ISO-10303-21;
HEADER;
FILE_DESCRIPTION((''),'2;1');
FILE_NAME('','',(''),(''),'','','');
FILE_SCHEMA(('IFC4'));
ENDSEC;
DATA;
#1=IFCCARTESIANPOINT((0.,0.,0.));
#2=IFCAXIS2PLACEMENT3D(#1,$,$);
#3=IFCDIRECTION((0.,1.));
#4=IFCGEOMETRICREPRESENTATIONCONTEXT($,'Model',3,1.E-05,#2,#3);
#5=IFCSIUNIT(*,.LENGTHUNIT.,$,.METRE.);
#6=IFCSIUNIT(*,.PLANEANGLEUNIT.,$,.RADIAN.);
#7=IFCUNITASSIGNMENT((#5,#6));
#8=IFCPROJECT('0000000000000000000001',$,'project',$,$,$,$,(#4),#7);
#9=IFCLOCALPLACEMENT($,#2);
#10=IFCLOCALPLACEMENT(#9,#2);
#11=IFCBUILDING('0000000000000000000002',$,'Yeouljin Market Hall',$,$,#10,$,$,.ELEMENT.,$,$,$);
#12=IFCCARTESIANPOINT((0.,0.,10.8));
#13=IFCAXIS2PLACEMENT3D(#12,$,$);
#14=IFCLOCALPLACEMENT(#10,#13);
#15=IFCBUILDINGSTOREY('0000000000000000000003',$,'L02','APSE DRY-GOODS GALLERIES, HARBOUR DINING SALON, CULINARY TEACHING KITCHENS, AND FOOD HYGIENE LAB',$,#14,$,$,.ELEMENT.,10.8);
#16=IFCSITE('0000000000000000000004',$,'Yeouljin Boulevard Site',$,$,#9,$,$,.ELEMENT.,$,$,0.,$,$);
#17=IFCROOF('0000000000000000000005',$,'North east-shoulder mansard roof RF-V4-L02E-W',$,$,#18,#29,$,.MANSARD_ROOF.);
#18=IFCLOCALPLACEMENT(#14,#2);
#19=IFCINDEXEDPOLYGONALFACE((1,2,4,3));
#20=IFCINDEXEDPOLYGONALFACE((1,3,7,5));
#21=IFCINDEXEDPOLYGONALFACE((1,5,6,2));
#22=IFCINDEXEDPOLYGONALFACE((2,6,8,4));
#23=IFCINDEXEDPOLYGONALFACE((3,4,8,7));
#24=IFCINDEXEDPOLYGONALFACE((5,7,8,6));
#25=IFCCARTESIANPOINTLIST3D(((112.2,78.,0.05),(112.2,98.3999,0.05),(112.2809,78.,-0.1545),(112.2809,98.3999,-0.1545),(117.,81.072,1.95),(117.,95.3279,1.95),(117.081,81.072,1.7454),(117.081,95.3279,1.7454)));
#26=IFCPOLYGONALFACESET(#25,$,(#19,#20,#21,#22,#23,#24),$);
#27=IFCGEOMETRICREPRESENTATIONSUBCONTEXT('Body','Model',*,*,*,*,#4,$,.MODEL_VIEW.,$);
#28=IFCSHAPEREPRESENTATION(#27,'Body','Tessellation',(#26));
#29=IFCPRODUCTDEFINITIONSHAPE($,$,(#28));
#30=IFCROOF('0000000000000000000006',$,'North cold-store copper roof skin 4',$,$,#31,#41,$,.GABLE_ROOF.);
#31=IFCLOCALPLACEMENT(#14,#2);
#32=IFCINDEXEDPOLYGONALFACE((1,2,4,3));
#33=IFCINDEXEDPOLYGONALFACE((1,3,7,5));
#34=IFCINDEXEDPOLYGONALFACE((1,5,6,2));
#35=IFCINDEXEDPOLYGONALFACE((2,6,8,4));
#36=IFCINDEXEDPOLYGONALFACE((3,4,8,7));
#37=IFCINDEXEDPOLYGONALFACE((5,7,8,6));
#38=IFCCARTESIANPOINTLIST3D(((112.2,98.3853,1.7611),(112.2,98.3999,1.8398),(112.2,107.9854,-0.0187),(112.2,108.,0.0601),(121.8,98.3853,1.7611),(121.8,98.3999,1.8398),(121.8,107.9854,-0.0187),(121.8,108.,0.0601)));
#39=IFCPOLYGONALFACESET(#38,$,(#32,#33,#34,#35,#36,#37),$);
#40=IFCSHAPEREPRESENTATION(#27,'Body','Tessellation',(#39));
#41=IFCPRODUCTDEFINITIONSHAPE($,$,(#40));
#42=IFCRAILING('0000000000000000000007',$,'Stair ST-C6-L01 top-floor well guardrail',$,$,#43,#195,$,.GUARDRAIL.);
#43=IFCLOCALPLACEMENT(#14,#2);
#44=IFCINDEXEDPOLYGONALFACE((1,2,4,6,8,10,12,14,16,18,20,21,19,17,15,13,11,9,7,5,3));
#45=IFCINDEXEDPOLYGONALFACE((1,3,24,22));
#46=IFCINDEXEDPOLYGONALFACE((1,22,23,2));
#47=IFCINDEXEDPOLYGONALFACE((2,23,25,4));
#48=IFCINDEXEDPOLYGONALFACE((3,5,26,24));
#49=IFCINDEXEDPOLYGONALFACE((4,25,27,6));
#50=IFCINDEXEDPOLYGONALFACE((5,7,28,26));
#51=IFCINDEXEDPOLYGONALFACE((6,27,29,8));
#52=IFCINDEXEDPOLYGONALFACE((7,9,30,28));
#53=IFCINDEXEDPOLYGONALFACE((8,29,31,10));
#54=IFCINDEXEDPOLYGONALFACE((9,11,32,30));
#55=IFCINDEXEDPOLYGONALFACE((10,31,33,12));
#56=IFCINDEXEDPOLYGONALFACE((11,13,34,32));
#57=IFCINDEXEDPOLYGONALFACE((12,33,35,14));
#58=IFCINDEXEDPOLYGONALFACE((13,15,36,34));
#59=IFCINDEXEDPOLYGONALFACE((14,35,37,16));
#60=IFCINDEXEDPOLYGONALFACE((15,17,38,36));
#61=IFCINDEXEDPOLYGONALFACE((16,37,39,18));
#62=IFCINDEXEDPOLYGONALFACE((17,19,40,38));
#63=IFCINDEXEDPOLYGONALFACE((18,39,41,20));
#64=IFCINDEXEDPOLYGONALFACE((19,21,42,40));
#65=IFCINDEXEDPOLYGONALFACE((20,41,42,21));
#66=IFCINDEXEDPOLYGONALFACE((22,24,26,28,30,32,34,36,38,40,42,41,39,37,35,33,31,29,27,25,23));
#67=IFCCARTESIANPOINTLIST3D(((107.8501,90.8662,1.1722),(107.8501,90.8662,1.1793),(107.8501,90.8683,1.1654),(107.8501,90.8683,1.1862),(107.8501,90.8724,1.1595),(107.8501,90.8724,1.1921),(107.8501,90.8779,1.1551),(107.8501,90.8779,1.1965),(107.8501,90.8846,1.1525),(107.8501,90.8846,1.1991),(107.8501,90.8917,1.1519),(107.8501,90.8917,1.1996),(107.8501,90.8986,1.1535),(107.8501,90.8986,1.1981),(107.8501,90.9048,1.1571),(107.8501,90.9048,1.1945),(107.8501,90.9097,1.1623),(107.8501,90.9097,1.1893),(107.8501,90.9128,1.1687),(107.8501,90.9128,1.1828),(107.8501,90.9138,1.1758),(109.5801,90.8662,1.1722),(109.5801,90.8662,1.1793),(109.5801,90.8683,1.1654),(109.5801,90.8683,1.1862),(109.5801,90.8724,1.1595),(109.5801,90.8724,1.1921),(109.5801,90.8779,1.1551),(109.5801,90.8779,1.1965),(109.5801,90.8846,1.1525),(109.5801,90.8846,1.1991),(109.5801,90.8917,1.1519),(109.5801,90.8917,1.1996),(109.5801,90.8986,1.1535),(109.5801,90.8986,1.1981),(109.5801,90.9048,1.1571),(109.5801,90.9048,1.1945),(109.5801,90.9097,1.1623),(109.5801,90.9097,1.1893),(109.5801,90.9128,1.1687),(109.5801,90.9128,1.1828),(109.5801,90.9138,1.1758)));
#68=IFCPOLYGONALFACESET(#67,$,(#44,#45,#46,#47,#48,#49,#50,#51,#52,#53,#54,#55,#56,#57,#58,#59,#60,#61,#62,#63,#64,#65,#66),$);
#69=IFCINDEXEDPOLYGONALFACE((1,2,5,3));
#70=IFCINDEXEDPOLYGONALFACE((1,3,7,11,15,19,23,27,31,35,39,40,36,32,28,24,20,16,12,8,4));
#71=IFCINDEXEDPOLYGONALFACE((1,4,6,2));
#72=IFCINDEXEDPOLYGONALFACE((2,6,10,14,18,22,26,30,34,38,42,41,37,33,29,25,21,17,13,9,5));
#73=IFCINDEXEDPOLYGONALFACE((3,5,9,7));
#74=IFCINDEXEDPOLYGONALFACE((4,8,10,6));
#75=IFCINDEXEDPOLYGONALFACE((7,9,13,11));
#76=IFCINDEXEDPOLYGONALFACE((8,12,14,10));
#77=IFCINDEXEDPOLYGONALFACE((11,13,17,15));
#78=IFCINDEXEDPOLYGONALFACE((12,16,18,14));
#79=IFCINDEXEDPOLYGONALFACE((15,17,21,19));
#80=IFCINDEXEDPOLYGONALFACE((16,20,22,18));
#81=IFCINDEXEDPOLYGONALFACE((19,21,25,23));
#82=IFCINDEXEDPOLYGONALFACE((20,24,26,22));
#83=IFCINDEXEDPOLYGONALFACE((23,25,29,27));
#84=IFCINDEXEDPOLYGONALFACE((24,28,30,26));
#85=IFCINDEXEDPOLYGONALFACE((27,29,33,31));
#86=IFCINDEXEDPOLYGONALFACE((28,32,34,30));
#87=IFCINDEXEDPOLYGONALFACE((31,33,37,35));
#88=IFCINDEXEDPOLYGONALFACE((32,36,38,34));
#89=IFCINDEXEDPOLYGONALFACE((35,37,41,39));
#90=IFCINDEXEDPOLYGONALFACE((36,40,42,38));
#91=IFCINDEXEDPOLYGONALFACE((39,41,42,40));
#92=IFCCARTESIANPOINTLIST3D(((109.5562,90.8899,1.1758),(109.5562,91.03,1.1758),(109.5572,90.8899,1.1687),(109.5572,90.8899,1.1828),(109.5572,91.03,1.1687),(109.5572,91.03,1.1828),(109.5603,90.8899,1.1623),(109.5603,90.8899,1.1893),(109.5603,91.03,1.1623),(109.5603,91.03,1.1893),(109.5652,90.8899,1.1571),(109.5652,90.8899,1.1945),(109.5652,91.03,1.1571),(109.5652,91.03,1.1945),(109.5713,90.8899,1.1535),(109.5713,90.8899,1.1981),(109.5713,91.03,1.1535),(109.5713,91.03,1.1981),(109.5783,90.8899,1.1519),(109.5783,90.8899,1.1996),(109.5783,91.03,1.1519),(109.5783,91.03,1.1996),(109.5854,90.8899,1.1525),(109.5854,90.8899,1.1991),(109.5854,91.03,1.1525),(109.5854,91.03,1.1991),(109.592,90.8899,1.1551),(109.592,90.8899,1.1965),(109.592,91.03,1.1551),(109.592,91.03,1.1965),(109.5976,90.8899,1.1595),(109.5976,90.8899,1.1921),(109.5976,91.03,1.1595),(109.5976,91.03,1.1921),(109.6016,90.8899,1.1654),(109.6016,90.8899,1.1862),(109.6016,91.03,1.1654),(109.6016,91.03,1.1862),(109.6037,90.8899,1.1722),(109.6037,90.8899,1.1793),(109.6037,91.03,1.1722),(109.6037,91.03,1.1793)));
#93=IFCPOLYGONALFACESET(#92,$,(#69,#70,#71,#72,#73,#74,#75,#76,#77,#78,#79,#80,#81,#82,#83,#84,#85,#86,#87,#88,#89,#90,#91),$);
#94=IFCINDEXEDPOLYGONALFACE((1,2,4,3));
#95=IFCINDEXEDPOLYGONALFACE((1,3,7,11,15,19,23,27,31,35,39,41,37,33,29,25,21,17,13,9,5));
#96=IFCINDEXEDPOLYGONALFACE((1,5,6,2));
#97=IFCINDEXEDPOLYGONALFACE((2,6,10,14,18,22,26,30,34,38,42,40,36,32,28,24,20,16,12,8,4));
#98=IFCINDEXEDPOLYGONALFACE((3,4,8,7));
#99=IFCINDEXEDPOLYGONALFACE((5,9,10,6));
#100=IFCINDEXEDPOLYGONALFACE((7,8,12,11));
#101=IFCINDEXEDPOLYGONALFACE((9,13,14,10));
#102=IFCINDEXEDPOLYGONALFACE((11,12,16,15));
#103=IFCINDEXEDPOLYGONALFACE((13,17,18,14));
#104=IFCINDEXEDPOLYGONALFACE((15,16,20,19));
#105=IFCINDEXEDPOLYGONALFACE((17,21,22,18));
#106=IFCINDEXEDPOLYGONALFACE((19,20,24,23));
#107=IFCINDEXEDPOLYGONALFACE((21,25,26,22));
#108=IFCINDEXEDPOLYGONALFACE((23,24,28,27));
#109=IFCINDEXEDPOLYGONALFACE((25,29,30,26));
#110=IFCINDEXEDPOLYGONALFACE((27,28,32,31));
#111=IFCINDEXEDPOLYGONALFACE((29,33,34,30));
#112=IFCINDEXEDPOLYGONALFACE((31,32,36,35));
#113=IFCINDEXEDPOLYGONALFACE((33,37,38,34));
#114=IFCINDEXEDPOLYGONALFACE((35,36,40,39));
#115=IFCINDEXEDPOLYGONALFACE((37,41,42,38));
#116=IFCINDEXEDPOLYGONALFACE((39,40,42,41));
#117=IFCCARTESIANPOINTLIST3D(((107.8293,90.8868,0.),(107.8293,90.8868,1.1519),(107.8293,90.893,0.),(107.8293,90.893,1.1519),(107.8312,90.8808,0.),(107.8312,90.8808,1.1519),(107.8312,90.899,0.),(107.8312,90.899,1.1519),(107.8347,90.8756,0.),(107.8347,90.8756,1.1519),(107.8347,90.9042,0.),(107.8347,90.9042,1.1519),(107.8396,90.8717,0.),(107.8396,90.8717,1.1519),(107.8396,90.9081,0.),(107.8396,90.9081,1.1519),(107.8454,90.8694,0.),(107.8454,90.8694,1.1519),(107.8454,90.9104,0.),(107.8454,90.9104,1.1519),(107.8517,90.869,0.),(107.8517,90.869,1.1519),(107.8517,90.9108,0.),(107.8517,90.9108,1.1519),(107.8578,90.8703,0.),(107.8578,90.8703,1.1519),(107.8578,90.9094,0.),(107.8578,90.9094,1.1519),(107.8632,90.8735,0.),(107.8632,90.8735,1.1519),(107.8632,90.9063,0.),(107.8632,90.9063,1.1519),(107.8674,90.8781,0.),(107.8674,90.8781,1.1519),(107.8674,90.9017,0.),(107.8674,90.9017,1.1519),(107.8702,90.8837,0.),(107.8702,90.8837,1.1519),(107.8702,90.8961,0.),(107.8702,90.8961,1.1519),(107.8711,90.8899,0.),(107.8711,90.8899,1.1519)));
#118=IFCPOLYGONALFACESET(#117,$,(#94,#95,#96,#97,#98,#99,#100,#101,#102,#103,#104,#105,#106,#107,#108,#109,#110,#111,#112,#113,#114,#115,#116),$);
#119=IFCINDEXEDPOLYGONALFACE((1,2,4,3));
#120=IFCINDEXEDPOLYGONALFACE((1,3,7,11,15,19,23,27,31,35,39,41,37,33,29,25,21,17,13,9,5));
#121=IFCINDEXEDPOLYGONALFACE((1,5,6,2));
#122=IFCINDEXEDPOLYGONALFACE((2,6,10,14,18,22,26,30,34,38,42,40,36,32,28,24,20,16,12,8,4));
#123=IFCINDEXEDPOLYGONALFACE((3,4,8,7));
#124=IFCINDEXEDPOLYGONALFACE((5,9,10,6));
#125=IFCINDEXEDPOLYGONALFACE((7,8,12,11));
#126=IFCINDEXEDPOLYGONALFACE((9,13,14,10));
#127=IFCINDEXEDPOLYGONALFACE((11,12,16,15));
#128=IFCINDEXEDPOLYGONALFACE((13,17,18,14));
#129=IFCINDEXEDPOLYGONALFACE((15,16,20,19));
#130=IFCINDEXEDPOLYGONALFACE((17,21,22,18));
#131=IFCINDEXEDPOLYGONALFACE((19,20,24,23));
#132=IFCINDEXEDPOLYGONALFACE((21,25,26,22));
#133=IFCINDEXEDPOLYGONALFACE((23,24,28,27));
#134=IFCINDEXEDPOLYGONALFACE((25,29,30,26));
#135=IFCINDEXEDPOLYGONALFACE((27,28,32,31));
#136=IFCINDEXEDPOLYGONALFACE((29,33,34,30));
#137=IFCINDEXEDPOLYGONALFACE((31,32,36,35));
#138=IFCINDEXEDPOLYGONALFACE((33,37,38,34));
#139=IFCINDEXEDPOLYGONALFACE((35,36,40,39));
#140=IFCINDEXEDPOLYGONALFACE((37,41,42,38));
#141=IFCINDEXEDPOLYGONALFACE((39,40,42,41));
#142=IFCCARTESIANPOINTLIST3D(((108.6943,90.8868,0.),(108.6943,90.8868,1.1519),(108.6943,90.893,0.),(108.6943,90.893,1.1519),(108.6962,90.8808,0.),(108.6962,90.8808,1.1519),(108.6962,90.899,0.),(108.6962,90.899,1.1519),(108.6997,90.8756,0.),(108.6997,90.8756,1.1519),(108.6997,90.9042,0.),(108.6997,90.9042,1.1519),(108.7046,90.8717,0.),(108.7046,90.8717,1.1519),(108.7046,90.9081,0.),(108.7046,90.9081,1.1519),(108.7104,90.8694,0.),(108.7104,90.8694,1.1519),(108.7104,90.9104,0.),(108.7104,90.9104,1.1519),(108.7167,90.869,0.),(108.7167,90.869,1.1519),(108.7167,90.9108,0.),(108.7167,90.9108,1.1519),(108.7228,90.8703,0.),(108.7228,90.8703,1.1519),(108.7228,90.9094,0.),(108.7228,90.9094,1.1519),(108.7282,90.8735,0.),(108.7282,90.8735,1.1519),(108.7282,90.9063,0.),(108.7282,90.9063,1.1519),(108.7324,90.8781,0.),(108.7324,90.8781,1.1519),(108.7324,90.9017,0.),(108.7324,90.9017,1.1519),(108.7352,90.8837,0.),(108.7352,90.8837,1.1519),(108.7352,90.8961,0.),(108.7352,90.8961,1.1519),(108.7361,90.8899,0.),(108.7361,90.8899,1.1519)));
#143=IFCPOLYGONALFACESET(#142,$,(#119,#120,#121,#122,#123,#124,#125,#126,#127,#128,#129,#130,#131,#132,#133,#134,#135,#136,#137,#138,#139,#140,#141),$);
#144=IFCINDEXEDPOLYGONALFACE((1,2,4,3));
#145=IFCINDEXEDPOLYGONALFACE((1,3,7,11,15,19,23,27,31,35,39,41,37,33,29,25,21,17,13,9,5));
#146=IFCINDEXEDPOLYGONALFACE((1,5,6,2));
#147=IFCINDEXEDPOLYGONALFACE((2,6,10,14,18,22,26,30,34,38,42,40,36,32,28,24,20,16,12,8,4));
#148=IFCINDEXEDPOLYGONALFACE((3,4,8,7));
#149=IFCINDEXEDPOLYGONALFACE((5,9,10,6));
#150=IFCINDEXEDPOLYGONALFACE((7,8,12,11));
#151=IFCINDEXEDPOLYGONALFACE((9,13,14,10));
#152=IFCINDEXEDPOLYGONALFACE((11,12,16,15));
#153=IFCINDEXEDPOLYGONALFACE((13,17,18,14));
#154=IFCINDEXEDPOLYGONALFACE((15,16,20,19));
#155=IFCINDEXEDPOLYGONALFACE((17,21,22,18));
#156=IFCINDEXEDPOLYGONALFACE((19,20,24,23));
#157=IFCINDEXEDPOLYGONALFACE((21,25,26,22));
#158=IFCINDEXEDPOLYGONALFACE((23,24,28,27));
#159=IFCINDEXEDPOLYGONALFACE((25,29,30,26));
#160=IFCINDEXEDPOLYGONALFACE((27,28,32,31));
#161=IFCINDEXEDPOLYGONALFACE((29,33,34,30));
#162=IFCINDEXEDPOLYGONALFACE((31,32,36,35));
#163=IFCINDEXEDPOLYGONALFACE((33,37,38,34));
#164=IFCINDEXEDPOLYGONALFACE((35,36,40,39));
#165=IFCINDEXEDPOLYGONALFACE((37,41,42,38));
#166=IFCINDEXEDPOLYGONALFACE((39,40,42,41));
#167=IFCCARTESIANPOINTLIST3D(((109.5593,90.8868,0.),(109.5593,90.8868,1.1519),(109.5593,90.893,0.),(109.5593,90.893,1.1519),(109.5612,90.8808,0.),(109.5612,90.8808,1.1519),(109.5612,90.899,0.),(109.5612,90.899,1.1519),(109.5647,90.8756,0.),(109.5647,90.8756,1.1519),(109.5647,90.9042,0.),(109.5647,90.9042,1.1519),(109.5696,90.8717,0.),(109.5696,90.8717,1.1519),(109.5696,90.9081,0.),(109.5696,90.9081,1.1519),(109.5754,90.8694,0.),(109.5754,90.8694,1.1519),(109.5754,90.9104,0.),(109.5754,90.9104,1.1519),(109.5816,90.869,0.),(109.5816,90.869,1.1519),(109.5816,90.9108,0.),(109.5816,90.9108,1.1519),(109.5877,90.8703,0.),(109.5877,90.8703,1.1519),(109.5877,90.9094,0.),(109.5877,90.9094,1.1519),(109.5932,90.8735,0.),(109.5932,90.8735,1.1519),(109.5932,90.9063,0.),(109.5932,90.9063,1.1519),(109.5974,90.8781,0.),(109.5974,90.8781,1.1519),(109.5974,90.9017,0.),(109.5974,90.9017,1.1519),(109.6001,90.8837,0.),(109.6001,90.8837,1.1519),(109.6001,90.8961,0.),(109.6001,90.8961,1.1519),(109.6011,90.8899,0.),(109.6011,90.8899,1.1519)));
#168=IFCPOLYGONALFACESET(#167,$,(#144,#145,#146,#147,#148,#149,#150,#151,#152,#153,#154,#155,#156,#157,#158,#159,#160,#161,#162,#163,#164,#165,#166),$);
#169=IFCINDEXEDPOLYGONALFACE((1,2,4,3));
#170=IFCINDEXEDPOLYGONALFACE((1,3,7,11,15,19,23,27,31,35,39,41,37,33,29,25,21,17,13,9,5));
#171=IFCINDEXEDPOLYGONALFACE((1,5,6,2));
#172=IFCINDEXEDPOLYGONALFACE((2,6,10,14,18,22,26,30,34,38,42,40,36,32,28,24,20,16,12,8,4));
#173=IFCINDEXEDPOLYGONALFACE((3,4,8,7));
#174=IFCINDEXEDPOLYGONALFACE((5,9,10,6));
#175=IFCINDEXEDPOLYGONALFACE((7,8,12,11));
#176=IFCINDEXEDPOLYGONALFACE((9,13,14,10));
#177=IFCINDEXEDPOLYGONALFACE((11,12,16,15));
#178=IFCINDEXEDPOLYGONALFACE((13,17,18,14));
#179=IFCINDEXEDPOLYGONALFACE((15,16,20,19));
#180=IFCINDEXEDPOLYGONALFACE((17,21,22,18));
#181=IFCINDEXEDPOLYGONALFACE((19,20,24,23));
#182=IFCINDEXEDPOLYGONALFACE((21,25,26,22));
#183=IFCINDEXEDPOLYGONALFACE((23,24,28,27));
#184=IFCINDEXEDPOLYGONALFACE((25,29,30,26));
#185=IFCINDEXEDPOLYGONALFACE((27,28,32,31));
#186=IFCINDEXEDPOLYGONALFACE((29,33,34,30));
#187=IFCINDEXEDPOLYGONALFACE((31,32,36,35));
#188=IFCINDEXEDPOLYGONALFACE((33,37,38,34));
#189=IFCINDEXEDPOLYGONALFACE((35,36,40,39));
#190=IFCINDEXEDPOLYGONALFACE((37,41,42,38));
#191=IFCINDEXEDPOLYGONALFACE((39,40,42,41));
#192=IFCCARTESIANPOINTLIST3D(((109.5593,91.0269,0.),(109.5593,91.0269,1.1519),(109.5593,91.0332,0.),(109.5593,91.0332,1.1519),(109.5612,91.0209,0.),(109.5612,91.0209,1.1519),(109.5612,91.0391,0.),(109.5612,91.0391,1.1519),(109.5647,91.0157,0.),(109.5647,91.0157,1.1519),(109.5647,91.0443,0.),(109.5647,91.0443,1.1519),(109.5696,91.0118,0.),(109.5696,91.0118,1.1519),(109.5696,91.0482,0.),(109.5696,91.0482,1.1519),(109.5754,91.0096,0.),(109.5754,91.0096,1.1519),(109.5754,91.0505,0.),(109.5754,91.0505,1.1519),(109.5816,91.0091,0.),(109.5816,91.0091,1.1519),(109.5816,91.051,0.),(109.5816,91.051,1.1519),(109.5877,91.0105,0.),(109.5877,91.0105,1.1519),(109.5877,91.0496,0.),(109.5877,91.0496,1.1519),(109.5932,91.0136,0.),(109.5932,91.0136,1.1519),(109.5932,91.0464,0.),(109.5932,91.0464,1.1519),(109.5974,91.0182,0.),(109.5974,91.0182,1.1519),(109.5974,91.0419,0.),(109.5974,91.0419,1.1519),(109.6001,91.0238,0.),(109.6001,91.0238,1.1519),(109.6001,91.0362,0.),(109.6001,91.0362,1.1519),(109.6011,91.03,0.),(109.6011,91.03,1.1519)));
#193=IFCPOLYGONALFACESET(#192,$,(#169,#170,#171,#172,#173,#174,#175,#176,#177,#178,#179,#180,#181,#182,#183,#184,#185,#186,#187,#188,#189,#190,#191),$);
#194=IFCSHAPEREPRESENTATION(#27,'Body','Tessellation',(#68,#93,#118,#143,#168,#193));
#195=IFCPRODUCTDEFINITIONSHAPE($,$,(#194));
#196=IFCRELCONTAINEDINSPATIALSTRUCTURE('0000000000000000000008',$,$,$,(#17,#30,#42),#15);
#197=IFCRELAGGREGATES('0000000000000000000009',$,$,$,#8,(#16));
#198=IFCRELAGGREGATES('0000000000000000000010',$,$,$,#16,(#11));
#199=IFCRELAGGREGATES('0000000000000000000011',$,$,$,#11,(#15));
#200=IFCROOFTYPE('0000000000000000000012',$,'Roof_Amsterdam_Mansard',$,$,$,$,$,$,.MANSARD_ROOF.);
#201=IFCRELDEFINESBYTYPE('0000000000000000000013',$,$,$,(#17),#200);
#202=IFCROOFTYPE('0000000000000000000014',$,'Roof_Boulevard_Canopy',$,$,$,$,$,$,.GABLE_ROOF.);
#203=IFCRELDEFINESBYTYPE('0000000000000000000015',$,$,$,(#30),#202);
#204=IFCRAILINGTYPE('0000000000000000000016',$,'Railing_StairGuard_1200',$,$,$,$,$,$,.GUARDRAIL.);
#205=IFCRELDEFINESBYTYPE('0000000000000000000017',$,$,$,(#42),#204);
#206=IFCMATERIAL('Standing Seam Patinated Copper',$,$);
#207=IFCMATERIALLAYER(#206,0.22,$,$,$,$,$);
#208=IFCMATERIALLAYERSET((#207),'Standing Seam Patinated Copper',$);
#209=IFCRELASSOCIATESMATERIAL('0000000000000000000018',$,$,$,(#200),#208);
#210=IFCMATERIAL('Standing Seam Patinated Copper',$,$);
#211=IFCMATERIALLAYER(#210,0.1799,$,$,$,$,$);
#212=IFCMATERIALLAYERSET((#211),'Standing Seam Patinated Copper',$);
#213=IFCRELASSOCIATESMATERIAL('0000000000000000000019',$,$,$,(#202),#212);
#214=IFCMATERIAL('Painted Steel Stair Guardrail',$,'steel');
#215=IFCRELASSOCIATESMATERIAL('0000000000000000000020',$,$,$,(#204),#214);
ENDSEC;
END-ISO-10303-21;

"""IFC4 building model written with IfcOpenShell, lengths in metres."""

from ifc_helpers import new_model, si_unit, direction, frame, origin, origin_2d, place, context, subcontext, project, spatial, polyline, circle, outline, extrude, material, layer, layer_set, type_object, element, save


model = new_model("IFC4")

# Units and contexts
model_context = context("Model", 3, precision=1e-05, world=origin(), true_north=direction((0.0, 1.0)))
body_context = subcontext(model_context, "Body", "Model", "MODEL_VIEW")
ifc_project = project(units=[si_unit("LENGTHUNIT", "METRE"), si_unit("PLANEANGLEUNIT", "RADIAN")], contexts=[model_context])

# Site, building, storey
site_placement = place(None, origin())
site = spatial("IfcSite", under=ifc_project, at=site_placement, Name="Yeouljin Boulevard Site", CompositionType="ELEMENT", RefElevation=0.0)
building_placement = place(site_placement, origin())
building = spatial("IfcBuilding", under=site, at=building_placement, Name="Yeouljin Market Hall", CompositionType="ELEMENT")
storey_placement = place(building_placement, frame((0.0, 0.0, 10.8)))
storey = spatial("IfcBuildingStorey", under=building, at=storey_placement, Name="L02", Description="APSE DRY-GOODS GALLERIES, HARBOUR DINING SALON, CULINARY TEACHING KITCHENS, AND FOOD HYGIENE LAB", CompositionType="ELEMENT", Elevation=10.8)

# Roofs
ifc_material_1 = material(Name="Standing Seam Patinated Copper")
ifc_layer_1 = layer(ifc_material_1, 0.22)
ifc_layer_set_1 = layer_set([ifc_layer_1], Name="Standing Seam Patinated Copper")
roof_type_1 = type_object("IfcRoofType", Name="Roof_Amsterdam_Mansard", PredefinedType="MANSARD_ROOF", material=ifc_layer_set_1)
roof_1_placement = place(storey_placement, frame((112.2, 98.3999, 0.05), z_axis=(-0.368029, 0.0, 0.929814), x_axis=(0.0, -1.0, 0.0)))
element("IfcRoof", 1, at=roof_1_placement, inside=storey, type_object=roof_type_1, Name="North east-shoulder mansard roof RF-V4-L02E-W", PredefinedType="MANSARD_ROOF", context=body_context, shape_type="SweptSolid", body=[
    extrude(outline(polyline([(0.0, 0.0), (20.3999, 0.0), (17.3279, 5.1624), (3.072, 5.1624), (0.0, 0.0)])), origin(), (0.0, 0.0, -1.0), 0.22),
])
ifc_material_2 = material(Name="Standing Seam Patinated Copper")
ifc_layer_2 = layer(ifc_material_2, 0.1799)
ifc_layer_set_2 = layer_set([ifc_layer_2], Name="Standing Seam Patinated Copper")
roof_type_2 = type_object("IfcRoofType", Name="Roof_Boulevard_Canopy", PredefinedType="GABLE_ROOF", material=ifc_layer_set_2)
roof_2_placement = place(storey_placement, frame((112.2, 98.3999, 1.8398), z_axis=(0.0, 0.182286, 0.983246), x_axis=(0.0, 0.983246, -0.182286)))
element("IfcRoof", 2, at=roof_2_placement, inside=storey, type_object=roof_type_2, Name="North cold-store copper roof skin 4", PredefinedType="GABLE_ROOF", context=body_context, shape_type="SweptSolid", body=[
    extrude(outline(polyline([(0.0, 0.0), (9.7637, 0.0), (9.7637, -9.6001), (0.0, -9.6001), (0.0, 0.0)])), origin(), (0.0, 0.0, -1.0), 0.0801),
])

# Railing
ifc_material_3 = material(Name="Painted Steel Stair Guardrail", Category="steel")
railing_type = type_object("IfcRailingType", Name="Railing_StairGuard_1200", PredefinedType="GUARDRAIL", material=ifc_material_3)
railing_placement = place(storey_placement, frame((107.8501, 90.8899, 0.0)))
element("IfcRailing", 3, at=railing_placement, inside=storey, type_object=railing_type, Name="Stair ST-C6-L01 top-floor well guardrail", PredefinedType="GUARDRAIL", context=body_context, shape_type="SweptSolid", body=[
    extrude(circle(Radius=0.0239, at=origin_2d()), frame((0.0, 0.0, 1.1758), z_axis=(1.0, 0.0, 0.0), x_axis=(0.0, 1.0, 0.0)), (0.0, 0.0, 1.0), 1.73),
    extrude(circle(Radius=0.0239, at=origin_2d()), frame((1.73, 0.0, 1.1758), z_axis=(0.0, 1.0, 0.0), x_axis=(-1.0, 0.0, 0.0)), (0.0, 0.0, 1.0), 0.1401),
    extrude(circle(Radius=0.021, at=origin_2d()), origin(), (0.0, 0.0, 1.0), 1.1519),
    extrude(circle(Radius=0.021, at=origin_2d()), frame((0.865, 0.0, 0.0)), (0.0, 0.0, 1.0), 1.1519),
    extrude(circle(Radius=0.021, at=origin_2d()), frame((1.73, 0.0, 0.0)), (0.0, 0.0, 1.0), 1.1519),
    extrude(circle(Radius=0.021, at=origin_2d()), frame((1.73, 0.1401, 0.0)), (0.0, 0.0, 1.0), 1.1519),
])

save(model, "model.ifc")
